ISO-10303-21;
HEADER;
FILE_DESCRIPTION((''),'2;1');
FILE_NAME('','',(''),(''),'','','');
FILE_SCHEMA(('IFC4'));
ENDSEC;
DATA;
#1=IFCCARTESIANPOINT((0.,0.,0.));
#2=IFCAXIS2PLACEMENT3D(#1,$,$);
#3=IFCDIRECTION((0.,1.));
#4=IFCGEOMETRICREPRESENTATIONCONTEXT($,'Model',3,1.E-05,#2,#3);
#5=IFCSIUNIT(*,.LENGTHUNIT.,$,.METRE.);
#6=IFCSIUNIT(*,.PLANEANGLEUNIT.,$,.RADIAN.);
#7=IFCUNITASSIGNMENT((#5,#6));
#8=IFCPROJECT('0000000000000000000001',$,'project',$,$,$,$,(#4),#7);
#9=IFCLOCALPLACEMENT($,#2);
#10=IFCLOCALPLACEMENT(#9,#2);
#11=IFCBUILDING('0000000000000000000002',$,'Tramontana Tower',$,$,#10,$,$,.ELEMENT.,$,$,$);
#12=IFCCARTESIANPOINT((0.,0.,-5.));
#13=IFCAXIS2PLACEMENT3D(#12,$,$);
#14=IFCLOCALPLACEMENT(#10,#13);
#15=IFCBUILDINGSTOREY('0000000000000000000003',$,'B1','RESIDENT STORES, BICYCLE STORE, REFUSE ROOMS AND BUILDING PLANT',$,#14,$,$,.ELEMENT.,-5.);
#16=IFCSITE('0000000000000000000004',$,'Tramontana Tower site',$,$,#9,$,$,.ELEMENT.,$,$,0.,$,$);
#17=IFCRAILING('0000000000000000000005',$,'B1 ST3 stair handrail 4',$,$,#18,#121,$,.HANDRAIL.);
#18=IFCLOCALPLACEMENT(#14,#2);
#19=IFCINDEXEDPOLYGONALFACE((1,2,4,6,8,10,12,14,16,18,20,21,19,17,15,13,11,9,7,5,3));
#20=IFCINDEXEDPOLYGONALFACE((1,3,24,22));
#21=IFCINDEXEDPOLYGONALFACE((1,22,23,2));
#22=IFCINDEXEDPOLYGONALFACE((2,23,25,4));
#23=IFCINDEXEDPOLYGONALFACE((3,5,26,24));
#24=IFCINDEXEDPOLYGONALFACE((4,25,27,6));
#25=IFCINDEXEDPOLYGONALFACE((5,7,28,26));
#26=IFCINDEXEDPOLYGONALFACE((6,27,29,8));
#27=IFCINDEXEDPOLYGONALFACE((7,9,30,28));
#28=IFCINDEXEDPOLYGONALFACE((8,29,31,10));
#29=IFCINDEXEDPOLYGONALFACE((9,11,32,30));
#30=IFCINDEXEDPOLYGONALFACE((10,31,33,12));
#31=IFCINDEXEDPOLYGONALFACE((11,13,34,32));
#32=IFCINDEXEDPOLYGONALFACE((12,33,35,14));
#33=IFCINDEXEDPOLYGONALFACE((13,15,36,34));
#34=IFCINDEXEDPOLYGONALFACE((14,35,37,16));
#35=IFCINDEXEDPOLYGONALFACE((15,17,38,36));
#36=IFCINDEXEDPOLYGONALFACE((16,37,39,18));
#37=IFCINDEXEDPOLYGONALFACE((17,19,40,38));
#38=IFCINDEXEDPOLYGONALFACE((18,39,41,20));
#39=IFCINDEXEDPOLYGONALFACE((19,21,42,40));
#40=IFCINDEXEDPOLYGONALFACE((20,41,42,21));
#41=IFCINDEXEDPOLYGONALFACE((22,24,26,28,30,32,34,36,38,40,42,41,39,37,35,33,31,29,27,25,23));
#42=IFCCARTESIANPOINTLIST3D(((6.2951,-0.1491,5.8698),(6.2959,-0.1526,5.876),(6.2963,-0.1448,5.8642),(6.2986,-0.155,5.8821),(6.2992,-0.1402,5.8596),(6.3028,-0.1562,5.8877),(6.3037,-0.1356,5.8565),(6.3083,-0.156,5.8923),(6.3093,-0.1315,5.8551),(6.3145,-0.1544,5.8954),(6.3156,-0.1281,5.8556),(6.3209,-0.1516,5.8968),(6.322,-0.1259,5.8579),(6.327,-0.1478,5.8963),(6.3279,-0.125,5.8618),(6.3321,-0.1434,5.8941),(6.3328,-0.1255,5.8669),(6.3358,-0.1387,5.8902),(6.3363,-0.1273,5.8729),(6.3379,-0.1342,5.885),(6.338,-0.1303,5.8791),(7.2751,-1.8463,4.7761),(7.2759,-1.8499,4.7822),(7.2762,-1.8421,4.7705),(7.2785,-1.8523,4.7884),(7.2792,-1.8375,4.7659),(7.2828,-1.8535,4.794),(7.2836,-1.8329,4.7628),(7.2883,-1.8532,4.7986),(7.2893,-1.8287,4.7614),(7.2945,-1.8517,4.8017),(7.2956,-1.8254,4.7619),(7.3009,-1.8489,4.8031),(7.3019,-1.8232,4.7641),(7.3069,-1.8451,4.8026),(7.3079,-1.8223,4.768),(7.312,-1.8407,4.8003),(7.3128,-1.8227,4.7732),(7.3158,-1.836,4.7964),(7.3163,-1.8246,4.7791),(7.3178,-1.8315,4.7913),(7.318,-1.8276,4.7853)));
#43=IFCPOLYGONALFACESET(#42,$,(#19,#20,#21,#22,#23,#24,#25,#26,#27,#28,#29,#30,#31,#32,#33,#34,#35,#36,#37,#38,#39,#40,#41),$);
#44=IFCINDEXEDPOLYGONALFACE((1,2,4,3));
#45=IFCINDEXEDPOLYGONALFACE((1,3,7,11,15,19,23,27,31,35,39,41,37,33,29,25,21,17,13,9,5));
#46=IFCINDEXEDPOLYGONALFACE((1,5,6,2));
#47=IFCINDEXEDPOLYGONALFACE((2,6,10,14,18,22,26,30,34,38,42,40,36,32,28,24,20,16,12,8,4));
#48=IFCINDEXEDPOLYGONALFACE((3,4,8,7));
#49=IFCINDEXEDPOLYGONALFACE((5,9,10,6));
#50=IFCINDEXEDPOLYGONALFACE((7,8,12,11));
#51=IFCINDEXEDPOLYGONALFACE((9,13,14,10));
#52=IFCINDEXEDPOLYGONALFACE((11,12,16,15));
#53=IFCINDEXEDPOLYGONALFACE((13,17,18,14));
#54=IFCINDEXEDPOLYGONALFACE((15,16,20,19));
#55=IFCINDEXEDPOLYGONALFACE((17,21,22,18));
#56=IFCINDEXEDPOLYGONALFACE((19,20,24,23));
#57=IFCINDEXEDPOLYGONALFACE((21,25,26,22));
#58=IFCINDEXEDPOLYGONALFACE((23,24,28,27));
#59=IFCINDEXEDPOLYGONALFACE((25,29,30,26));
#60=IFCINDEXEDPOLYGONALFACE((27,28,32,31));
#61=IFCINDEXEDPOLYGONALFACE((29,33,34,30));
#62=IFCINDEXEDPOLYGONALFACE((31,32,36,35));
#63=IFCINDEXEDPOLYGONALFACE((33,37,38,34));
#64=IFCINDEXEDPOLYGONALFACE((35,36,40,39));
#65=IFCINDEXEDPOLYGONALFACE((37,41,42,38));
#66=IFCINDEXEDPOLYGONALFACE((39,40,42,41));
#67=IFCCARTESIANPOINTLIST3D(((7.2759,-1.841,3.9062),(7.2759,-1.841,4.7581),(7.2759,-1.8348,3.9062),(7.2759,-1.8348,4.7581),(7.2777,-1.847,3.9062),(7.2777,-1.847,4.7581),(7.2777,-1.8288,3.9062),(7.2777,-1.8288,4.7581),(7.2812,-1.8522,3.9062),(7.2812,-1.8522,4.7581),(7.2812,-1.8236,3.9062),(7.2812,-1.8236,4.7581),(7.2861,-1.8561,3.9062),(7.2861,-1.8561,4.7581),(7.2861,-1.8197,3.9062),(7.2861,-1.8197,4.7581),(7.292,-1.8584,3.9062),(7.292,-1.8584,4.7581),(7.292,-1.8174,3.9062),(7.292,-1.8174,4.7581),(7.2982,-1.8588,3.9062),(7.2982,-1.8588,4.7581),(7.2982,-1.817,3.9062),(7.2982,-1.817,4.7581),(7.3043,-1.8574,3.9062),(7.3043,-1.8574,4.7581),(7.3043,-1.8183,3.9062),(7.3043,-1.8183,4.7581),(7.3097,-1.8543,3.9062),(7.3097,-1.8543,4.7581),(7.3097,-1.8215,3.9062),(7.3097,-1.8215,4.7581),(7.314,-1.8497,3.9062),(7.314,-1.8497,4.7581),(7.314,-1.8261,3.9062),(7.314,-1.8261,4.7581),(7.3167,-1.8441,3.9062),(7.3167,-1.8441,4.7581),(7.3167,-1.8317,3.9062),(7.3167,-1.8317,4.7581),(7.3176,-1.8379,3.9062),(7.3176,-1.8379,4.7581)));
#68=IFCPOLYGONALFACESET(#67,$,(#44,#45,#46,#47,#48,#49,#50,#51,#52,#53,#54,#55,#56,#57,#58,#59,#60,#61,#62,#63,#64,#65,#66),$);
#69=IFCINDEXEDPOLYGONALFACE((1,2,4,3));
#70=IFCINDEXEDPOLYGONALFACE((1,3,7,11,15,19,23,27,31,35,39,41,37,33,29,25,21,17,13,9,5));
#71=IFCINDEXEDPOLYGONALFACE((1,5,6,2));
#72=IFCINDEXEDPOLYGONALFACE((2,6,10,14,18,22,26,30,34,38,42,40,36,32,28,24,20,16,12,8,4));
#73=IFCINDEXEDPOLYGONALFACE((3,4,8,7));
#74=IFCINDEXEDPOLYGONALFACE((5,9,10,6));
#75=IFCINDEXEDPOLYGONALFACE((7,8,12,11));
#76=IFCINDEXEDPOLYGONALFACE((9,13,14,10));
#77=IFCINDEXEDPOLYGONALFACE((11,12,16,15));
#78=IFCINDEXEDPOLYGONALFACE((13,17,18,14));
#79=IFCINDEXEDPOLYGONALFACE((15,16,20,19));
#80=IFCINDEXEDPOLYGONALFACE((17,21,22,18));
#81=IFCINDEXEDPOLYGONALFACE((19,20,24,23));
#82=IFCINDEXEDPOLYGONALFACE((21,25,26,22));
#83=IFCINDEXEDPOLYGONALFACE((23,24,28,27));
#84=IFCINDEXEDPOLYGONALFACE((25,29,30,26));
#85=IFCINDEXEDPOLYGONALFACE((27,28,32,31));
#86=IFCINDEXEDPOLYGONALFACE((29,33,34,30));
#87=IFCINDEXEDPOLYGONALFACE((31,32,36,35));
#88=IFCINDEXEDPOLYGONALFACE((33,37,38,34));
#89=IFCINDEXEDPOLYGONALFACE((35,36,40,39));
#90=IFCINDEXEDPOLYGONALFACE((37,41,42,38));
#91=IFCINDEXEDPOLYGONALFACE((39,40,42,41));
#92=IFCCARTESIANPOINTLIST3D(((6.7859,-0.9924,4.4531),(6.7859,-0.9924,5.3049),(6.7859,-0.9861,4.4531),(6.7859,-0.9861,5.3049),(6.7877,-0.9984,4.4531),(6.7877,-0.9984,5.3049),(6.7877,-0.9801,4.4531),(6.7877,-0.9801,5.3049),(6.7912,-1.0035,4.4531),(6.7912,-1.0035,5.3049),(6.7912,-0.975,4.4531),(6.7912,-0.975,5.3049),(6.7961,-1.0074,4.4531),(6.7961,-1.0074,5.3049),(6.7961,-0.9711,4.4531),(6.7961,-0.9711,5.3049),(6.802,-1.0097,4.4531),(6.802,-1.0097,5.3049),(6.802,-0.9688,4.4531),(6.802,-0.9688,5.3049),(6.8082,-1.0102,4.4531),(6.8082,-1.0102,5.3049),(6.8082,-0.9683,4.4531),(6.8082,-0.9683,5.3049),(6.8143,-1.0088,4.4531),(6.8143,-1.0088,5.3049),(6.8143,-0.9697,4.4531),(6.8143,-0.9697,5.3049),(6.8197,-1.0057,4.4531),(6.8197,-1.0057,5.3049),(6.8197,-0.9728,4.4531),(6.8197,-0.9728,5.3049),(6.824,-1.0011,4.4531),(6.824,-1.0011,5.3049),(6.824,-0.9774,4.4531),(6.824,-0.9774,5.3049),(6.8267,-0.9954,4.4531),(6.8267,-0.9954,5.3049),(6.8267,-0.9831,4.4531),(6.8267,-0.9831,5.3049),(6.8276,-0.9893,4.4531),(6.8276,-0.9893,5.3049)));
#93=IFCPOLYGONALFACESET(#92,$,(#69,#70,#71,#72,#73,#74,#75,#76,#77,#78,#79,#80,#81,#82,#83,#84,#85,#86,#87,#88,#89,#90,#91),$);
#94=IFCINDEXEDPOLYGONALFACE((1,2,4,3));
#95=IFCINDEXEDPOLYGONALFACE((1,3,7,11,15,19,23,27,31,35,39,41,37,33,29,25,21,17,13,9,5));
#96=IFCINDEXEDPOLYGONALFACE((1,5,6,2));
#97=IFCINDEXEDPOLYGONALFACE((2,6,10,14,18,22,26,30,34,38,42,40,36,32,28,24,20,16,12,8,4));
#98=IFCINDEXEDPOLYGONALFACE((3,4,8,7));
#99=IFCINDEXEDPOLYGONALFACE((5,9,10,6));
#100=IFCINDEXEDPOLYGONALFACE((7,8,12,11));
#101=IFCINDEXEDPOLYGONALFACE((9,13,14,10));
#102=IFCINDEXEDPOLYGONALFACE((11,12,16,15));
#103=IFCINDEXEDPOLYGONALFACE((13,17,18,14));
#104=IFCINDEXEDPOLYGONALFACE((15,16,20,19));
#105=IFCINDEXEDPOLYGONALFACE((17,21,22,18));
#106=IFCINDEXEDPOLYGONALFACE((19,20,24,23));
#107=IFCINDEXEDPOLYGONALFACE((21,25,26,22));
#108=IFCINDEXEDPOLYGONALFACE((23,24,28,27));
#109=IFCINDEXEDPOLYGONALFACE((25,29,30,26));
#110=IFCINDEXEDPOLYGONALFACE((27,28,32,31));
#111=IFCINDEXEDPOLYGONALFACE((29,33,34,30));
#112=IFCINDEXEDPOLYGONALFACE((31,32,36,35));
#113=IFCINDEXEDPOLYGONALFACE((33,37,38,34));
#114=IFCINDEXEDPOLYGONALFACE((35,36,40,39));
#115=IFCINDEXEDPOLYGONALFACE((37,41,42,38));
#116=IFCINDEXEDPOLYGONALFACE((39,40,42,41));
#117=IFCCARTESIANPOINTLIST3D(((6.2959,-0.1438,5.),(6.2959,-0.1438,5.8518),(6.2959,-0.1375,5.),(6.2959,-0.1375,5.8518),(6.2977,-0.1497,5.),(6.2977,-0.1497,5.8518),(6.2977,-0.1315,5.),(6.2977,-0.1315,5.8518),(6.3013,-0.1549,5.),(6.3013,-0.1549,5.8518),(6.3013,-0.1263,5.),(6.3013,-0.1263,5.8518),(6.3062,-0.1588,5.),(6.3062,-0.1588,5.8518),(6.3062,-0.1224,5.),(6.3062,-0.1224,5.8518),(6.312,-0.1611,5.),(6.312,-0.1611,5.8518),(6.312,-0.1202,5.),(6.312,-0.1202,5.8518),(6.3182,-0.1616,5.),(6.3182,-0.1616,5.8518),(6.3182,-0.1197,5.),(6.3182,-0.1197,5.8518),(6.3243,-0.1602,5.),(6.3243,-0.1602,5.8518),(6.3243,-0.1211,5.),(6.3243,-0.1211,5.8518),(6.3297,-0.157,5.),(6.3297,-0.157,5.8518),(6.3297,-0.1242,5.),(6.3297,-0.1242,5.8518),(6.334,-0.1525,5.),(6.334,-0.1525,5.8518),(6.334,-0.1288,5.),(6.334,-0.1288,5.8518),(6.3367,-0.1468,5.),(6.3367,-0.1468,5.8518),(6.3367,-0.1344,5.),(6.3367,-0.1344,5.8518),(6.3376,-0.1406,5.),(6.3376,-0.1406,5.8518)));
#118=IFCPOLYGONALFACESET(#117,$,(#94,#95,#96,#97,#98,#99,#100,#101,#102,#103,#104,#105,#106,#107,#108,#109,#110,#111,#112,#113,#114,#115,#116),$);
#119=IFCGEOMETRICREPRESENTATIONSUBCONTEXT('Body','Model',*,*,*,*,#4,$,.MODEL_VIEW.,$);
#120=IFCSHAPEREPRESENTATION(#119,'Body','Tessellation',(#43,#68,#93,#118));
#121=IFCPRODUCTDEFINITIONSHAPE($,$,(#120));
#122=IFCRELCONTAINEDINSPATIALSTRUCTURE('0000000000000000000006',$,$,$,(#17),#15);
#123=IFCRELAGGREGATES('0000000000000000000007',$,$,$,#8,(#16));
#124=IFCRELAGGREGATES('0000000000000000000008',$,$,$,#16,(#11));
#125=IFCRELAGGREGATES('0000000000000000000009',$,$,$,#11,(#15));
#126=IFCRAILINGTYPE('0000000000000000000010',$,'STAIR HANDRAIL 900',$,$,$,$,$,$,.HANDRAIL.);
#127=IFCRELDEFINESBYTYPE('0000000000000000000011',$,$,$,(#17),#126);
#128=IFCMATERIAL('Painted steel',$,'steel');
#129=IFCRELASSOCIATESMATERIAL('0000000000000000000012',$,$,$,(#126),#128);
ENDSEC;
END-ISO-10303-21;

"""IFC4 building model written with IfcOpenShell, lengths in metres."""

from ifc_helpers import new_model, si_unit, direction, frame, origin, origin_2d, place, context, subcontext, project, spatial, circle, extrude, material, type_object, element, save


model = new_model("IFC4")

# Units and contexts
model_context = context("Model", 3, precision=1e-05, world=origin(), true_north=direction((0.0, 1.0)))
body_context = subcontext(model_context, "Body", "Model", "MODEL_VIEW")
ifc_project = project(units=[si_unit("LENGTHUNIT", "METRE"), si_unit("PLANEANGLEUNIT", "RADIAN")], contexts=[model_context])

# Site, building, storey
site_placement = place(None, origin())
site = spatial("IfcSite", under=ifc_project, at=site_placement, Name="Tramontana Tower site", CompositionType="ELEMENT", RefElevation=0.0)
building_placement = place(site_placement, origin())
building = spatial("IfcBuilding", under=site, at=building_placement, Name="Tramontana Tower", CompositionType="ELEMENT")
storey_placement = place(building_placement, frame((0.0, 0.0, -5.0)))
storey = spatial("IfcBuildingStorey", under=building, at=storey_placement, Name="B1", Description="RESIDENT STORES, BICYCLE STORE, REFUSE ROOMS AND BUILDING PLANT", CompositionType="ELEMENT", Elevation=-5.0)

# Railing
ifc_material_1 = material(Name="Painted steel", Category="steel")
railing_type_1 = type_object("IfcRailingType", Name="STAIR HANDRAIL 900", PredefinedType="HANDRAIL", material=ifc_material_1)
railing_1_placement = place(storey_placement, frame((7.2966, -1.8379, 3.9062)))
element("IfcRailing", 1, at=railing_1_placement, inside=storey, type_object=railing_type_1, Name="B1 ST3 stair handrail 4", PredefinedType="HANDRAIL", context=body_context, shape_type="SweptSolid", body=[
    extrude(circle(Radius=0.0239, at=origin_2d()), frame((0.0, 0.0, 0.876), z_axis=(-0.436632, 0.75622, 0.487323), x_axis=(-0.866011, -0.500024, 0.0)), (0.0, 0.0, 1.0), 2.2444),
    extrude(circle(Radius=0.021, at=origin_2d()), origin(), (0.0, 0.0, 1.0), 0.8518),
    extrude(circle(Radius=0.021, at=origin_2d()), frame((-0.49, 0.8486, 0.5469)), (0.0, 0.0, 1.0), 0.8518),
    extrude(circle(Radius=0.021, at=origin_2d()), frame((-0.98, 1.6973, 1.0938)), (0.0, 0.0, 1.0), 0.8518),
])

save(model, "model.ifc")
